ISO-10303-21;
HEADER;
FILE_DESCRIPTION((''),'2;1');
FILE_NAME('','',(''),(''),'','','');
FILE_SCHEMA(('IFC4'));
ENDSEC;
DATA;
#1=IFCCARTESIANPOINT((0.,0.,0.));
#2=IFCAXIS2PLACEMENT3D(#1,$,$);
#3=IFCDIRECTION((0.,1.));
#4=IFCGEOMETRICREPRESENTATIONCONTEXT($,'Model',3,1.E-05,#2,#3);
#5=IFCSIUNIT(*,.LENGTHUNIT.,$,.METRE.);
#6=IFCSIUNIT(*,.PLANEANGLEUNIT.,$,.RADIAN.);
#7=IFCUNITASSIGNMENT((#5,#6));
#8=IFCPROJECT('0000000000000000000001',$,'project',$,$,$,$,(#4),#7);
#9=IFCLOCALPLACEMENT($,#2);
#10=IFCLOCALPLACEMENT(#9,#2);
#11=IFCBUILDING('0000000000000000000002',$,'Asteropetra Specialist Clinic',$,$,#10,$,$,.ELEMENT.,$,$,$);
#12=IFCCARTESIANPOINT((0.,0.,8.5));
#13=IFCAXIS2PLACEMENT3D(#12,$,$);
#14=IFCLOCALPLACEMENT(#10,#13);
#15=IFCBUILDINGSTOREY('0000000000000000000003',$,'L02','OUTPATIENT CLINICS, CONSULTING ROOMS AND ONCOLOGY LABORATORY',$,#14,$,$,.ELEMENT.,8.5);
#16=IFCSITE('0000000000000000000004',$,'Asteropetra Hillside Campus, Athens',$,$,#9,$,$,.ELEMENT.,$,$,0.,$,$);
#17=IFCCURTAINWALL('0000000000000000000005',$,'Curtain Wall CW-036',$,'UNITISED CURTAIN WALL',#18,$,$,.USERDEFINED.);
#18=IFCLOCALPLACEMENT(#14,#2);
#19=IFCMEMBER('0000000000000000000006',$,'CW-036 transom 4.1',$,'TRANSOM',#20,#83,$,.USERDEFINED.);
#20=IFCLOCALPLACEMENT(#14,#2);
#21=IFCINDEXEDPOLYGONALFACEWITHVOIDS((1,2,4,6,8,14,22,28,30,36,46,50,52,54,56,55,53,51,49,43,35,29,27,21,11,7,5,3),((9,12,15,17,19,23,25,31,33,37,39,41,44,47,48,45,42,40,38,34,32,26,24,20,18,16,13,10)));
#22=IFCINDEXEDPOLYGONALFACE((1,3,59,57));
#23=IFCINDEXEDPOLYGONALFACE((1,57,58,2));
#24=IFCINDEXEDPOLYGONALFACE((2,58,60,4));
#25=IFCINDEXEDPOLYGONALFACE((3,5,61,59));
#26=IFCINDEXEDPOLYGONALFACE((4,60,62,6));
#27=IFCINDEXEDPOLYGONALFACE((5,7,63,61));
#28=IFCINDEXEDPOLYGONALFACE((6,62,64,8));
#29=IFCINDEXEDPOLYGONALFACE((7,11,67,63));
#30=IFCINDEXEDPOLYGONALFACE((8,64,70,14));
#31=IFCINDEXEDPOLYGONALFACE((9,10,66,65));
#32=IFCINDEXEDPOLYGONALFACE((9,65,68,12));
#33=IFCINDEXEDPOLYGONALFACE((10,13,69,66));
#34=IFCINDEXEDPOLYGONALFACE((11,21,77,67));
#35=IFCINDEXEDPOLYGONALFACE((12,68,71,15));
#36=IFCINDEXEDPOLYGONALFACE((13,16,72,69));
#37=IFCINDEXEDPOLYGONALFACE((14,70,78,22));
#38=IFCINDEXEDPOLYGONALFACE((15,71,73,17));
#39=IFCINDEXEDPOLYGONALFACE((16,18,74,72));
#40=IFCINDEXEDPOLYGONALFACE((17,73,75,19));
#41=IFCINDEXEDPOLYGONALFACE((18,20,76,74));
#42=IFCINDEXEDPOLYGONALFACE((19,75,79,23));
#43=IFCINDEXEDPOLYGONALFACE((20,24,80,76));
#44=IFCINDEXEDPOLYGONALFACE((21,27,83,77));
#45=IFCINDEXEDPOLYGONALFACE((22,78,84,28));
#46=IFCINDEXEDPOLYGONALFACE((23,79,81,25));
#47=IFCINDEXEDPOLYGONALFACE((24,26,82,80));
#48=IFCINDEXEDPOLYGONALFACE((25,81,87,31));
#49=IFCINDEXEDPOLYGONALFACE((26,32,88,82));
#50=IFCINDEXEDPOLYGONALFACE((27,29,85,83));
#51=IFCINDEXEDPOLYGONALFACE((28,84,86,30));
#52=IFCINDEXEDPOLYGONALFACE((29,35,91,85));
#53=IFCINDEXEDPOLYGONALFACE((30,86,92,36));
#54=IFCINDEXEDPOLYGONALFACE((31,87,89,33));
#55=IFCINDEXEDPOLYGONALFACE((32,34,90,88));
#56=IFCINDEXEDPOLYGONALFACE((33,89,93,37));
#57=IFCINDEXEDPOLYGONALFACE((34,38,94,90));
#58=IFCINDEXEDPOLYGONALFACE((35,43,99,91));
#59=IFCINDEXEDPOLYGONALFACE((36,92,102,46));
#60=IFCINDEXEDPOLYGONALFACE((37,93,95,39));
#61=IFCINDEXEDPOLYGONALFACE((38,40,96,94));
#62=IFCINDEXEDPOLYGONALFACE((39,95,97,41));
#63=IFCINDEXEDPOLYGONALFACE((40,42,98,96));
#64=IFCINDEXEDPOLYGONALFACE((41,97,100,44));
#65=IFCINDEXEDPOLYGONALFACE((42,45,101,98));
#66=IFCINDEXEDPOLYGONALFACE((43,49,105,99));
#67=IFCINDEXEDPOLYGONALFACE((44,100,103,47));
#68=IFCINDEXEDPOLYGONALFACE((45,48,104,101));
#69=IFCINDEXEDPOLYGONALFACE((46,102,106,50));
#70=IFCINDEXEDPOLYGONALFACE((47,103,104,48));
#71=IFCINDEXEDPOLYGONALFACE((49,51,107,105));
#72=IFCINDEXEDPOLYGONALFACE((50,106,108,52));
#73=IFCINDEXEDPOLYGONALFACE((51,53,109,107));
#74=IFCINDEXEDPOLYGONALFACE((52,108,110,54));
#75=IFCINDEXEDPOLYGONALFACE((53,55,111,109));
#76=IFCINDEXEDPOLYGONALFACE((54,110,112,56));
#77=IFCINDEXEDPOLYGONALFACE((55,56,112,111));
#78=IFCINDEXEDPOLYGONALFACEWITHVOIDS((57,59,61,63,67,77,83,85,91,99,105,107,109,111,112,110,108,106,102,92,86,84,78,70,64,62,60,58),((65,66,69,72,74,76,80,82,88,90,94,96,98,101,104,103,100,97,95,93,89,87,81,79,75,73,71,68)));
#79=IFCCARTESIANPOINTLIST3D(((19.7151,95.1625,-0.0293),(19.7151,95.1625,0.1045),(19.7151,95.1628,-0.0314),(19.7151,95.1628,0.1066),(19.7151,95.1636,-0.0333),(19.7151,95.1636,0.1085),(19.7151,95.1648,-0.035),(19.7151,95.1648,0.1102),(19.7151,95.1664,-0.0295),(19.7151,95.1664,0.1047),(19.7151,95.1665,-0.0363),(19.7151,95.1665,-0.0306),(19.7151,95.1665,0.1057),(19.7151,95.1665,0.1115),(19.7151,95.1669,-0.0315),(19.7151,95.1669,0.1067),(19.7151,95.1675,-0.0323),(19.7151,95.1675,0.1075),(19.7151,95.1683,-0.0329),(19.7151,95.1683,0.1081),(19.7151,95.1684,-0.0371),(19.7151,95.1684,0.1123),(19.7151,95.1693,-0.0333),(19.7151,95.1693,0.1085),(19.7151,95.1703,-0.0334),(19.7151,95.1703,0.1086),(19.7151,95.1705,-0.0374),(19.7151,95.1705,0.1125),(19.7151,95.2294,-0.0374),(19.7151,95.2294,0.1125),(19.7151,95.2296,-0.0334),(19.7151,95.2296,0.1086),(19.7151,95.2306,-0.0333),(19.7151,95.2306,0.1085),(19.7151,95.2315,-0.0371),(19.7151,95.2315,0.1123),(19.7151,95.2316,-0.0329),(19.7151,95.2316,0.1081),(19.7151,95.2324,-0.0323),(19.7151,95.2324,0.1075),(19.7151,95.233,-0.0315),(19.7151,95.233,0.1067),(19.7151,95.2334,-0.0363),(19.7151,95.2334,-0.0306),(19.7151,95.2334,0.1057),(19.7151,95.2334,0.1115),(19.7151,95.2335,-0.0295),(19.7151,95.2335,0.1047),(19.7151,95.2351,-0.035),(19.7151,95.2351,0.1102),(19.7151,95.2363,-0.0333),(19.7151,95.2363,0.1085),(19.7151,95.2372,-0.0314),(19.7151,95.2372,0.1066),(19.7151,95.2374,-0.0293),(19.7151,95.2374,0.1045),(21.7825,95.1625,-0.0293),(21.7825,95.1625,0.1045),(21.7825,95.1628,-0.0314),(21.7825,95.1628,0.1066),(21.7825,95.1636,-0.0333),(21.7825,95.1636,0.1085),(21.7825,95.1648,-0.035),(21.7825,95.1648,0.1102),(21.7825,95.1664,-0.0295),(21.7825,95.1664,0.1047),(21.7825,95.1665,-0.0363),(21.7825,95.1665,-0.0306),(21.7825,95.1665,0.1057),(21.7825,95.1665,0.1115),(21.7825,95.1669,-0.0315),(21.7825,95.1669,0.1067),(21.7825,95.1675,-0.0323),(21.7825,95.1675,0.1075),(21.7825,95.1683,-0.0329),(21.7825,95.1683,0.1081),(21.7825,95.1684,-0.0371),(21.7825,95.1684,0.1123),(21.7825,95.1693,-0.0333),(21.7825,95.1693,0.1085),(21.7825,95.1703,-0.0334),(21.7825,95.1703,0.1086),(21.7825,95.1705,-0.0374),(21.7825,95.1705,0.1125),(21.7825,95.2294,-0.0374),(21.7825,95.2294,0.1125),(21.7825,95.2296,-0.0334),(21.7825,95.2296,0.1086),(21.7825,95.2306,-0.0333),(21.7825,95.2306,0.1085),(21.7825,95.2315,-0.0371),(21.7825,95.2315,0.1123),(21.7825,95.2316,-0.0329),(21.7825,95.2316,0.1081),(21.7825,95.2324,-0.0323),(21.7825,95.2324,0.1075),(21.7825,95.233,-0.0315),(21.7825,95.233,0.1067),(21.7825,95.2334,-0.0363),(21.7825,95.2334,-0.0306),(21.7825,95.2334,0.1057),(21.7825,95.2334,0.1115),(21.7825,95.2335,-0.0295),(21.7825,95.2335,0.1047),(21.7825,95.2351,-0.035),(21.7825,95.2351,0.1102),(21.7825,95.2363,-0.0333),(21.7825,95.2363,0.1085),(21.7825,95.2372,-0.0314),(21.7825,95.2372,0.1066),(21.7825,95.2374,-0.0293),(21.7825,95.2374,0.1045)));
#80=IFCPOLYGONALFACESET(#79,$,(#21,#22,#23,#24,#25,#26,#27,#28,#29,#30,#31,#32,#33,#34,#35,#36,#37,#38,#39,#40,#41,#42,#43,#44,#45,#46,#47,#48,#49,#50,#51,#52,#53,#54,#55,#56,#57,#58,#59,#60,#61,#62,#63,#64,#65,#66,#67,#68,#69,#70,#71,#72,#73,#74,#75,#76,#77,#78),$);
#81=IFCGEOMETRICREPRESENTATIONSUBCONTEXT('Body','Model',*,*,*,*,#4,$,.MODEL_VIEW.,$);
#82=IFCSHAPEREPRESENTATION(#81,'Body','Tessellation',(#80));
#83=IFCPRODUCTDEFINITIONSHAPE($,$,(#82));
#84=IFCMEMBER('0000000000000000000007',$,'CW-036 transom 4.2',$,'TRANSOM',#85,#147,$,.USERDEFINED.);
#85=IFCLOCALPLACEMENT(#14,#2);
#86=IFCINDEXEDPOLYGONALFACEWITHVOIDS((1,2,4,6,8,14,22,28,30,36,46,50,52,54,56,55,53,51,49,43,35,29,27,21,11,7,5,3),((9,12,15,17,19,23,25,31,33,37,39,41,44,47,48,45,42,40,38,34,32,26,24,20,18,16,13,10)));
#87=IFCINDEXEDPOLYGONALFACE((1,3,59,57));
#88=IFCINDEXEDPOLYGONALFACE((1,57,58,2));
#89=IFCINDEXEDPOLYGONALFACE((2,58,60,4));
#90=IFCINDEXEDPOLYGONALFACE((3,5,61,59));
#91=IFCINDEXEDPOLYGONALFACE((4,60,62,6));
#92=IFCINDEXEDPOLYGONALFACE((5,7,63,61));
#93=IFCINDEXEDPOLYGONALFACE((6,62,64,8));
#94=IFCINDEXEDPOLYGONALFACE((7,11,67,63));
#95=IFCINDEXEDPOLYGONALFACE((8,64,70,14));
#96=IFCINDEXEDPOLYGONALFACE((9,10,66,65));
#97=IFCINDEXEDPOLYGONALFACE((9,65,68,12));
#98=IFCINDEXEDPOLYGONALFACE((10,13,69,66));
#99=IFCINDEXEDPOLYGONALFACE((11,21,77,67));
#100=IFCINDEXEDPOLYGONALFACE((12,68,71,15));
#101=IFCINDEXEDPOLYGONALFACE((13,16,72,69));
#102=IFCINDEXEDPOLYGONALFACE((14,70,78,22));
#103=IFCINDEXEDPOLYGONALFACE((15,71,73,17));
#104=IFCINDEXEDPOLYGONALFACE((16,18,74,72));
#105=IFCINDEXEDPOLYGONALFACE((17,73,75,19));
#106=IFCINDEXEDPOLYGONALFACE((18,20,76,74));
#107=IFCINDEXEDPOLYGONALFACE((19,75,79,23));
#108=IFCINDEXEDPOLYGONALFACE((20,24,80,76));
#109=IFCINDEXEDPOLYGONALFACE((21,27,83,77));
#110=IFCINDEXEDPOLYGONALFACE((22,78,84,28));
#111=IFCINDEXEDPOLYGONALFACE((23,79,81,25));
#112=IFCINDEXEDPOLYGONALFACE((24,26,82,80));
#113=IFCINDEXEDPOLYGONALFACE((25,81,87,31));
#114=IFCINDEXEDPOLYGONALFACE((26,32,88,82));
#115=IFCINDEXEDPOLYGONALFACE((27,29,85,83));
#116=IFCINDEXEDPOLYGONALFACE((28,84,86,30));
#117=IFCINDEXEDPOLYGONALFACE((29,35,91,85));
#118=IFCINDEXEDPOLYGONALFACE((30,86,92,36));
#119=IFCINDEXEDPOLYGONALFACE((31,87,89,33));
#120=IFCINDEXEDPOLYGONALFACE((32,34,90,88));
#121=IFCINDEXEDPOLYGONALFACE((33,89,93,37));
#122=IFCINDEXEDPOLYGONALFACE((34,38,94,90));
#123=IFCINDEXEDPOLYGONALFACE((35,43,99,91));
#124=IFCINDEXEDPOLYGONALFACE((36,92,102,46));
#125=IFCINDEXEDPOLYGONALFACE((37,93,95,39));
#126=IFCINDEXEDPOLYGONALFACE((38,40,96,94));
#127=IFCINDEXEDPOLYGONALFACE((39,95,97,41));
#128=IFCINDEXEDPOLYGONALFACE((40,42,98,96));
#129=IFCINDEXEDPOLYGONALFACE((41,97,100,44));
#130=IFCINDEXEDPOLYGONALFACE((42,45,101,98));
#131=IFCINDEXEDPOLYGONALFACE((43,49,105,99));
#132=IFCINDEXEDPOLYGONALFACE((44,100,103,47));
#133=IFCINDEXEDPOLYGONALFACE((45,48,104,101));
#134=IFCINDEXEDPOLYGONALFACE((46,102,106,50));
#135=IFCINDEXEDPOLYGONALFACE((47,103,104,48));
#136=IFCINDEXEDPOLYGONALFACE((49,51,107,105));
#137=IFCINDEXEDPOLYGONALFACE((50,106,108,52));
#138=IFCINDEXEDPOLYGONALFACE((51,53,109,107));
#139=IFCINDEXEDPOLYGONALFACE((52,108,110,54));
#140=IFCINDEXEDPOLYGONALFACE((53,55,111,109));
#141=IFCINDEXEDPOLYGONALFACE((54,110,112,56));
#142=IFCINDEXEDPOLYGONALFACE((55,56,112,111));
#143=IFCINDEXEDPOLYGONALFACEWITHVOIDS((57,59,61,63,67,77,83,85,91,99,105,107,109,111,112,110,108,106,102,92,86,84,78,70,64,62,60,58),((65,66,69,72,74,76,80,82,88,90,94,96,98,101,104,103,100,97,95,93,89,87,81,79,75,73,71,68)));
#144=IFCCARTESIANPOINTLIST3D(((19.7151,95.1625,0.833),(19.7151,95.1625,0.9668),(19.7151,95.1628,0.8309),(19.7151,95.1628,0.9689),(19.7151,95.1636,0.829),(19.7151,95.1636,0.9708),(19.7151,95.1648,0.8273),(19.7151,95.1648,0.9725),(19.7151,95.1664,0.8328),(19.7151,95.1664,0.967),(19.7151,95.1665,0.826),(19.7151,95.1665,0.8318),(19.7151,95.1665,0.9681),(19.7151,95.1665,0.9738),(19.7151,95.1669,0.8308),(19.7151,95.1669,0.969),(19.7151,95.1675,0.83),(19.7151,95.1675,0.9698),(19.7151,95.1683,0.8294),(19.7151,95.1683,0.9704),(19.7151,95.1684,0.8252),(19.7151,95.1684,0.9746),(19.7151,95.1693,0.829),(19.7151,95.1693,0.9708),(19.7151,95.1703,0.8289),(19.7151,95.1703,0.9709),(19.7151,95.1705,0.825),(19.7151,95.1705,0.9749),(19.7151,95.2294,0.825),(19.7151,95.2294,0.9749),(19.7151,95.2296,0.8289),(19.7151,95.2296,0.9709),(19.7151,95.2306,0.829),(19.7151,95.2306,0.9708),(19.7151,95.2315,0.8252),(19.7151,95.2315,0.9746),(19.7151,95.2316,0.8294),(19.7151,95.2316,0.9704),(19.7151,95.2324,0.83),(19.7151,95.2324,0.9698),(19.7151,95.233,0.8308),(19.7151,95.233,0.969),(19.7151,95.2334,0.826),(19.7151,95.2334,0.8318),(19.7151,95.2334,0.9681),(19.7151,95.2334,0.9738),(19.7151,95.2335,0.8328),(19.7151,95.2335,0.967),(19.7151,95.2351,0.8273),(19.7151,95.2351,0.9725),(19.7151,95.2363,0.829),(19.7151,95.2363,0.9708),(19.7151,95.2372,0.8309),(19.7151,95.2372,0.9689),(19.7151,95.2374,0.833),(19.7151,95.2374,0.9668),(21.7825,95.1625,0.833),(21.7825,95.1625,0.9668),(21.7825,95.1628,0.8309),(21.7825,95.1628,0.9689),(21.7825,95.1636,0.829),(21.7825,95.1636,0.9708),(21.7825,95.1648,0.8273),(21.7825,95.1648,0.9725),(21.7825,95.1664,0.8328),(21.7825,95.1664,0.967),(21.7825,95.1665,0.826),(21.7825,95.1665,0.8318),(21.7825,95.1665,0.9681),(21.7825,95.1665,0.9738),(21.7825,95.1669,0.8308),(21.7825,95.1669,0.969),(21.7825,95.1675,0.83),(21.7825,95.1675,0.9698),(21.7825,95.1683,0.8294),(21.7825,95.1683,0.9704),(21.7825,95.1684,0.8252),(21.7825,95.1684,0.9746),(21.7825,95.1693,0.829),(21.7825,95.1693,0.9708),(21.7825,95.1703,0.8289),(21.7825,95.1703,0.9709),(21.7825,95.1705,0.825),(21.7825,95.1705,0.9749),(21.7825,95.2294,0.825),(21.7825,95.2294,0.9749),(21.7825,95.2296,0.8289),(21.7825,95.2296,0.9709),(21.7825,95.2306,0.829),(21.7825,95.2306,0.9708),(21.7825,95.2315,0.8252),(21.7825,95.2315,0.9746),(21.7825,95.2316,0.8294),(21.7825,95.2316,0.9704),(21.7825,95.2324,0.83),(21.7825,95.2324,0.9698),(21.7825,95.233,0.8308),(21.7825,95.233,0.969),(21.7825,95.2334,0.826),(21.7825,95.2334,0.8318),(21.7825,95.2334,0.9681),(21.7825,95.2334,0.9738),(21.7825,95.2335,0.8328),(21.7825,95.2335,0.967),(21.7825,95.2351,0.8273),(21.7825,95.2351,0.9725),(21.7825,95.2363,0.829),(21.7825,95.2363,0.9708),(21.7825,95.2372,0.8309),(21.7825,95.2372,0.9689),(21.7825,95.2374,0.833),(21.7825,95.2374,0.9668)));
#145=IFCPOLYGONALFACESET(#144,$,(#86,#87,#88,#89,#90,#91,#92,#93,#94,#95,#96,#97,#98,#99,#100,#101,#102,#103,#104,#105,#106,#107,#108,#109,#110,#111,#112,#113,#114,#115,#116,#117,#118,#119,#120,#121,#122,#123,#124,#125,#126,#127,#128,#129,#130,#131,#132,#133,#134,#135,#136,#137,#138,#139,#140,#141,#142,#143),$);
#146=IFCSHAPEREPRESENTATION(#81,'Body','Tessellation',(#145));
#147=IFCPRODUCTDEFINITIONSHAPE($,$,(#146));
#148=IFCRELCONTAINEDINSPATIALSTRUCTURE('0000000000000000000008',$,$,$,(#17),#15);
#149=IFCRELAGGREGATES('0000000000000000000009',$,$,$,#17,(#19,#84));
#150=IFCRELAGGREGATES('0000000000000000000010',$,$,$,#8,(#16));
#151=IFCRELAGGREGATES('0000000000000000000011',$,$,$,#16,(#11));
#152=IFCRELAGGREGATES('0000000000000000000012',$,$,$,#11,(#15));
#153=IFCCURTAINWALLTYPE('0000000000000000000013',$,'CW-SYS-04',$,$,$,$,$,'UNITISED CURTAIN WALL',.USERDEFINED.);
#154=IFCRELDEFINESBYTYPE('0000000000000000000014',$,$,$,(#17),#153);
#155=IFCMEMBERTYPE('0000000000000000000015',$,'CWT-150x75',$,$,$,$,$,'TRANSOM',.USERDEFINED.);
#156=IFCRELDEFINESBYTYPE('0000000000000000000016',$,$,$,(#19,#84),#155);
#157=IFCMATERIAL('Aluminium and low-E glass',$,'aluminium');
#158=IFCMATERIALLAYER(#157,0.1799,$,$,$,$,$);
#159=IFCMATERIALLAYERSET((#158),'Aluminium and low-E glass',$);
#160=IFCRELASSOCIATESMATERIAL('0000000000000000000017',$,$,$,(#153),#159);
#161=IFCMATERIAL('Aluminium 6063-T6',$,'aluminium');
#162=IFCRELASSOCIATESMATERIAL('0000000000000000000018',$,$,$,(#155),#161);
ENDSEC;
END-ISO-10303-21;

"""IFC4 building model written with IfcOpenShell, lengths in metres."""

from ifc_helpers import new_model, si_unit, direction, frame, origin, origin_2d, place, context, subcontext, project, spatial, hollow_rectangle, extrude, material, layer, layer_set, material_profile, profile_set, type_object, element, aggregate, save


model = new_model("IFC4")

# Units and contexts
model_context = context("Model", 3, precision=1e-05, world=origin(), true_north=direction((0.0, 1.0)))
body_context = subcontext(model_context, "Body", "Model", "MODEL_VIEW")
ifc_project = project(units=[si_unit("LENGTHUNIT", "METRE"), si_unit("PLANEANGLEUNIT", "RADIAN")], contexts=[model_context])

# Site, building, storey
site_placement = place(None, origin())
site = spatial("IfcSite", under=ifc_project, at=site_placement, Name="Asteropetra Hillside Campus, Athens", CompositionType="ELEMENT", RefElevation=0.0)
building_placement = place(site_placement, origin())
building = spatial("IfcBuilding", under=site, at=building_placement, Name="Asteropetra Specialist Clinic", CompositionType="ELEMENT")
storey_placement = place(building_placement, frame((0.0, 0.0, 8.5)))
storey = spatial("IfcBuildingStorey", under=building, at=storey_placement, Name="L02", Description="OUTPATIENT CLINICS, CONSULTING ROOMS AND ONCOLOGY LABORATORY", CompositionType="ELEMENT", Elevation=8.5)

# Curtain wall, members
ifc_material_1 = material(Name="Aluminium and low-E glass", Category="aluminium")
ifc_layer_1 = layer(ifc_material_1, 0.1799)
ifc_layer_set_1 = layer_set([ifc_layer_1], Name="Aluminium and low-E glass")
curtain_wall_type = type_object("IfcCurtainWallType", Name="CW-SYS-04", ElementType="UNITISED CURTAIN WALL", PredefinedType="USERDEFINED", material=ifc_layer_set_1)
curtain_wall_placement = place(storey_placement, origin())
curtain_wall = element("IfcCurtainWall", 1, at=curtain_wall_placement, inside=storey, type_object=curtain_wall_type, Name="Curtain Wall CW-036", ObjectType="UNITISED CURTAIN WALL", PredefinedType="USERDEFINED")
ifc_material_2 = material(Name="Aluminium 6063-T6", Category="aluminium")
ifc_material_profile_1 = material_profile(ifc_material_2, hollow_rectangle(XDim=0.075, YDim=0.1499, WallThickness=0.0039, InnerFilletRadius=0.0039, OuterFilletRadius=0.0081, at=origin_2d()), Name="TRN 150x75x4.0")
ifc_profile_set_1 = profile_set([ifc_material_profile_1], Name="Aluminium 6063-T6")
member_type_1 = type_object("IfcMemberType", Name="CWT-150x75", ElementType="TRANSOM", PredefinedType="USERDEFINED", material=ifc_profile_set_1)
member_1_placement = place(storey_placement, frame((21.7825, 95.2, 0.0376), z_axis=(-1.0, 0.0, 0.0), x_axis=(0.0, -1.0, 0.0)))
member_1 = element("IfcMember", 2, at=member_1_placement, type_object=member_type_1, Name="CW-036 transom 4.1", ObjectType="TRANSOM", PredefinedType="USERDEFINED", context=body_context, shape_type="SweptSolid", body=[
    extrude(hollow_rectangle(XDim=0.075, YDim=0.1499, WallThickness=0.0039, InnerFilletRadius=0.0039, OuterFilletRadius=0.0081, at=origin_2d()), origin(), (0.0, 0.0, 1.0), 2.0674),
])
member_2_placement = place(storey_placement, frame((21.7825, 95.2, 0.8999), z_axis=(-1.0, 0.0, 0.0), x_axis=(0.0, -1.0, 0.0)))
member_2 = element("IfcMember", 3, at=member_2_placement, type_object=member_type_1, Name="CW-036 transom 4.2", ObjectType="TRANSOM", PredefinedType="USERDEFINED", context=body_context, shape_type="SweptSolid", body=[
    extrude(hollow_rectangle(XDim=0.075, YDim=0.1499, WallThickness=0.0039, InnerFilletRadius=0.0039, OuterFilletRadius=0.0081, at=origin_2d()), origin(), (0.0, 0.0, 1.0), 2.0674),
])
aggregate(curtain_wall, [member_1, member_2])

save(model, "model.ifc")
